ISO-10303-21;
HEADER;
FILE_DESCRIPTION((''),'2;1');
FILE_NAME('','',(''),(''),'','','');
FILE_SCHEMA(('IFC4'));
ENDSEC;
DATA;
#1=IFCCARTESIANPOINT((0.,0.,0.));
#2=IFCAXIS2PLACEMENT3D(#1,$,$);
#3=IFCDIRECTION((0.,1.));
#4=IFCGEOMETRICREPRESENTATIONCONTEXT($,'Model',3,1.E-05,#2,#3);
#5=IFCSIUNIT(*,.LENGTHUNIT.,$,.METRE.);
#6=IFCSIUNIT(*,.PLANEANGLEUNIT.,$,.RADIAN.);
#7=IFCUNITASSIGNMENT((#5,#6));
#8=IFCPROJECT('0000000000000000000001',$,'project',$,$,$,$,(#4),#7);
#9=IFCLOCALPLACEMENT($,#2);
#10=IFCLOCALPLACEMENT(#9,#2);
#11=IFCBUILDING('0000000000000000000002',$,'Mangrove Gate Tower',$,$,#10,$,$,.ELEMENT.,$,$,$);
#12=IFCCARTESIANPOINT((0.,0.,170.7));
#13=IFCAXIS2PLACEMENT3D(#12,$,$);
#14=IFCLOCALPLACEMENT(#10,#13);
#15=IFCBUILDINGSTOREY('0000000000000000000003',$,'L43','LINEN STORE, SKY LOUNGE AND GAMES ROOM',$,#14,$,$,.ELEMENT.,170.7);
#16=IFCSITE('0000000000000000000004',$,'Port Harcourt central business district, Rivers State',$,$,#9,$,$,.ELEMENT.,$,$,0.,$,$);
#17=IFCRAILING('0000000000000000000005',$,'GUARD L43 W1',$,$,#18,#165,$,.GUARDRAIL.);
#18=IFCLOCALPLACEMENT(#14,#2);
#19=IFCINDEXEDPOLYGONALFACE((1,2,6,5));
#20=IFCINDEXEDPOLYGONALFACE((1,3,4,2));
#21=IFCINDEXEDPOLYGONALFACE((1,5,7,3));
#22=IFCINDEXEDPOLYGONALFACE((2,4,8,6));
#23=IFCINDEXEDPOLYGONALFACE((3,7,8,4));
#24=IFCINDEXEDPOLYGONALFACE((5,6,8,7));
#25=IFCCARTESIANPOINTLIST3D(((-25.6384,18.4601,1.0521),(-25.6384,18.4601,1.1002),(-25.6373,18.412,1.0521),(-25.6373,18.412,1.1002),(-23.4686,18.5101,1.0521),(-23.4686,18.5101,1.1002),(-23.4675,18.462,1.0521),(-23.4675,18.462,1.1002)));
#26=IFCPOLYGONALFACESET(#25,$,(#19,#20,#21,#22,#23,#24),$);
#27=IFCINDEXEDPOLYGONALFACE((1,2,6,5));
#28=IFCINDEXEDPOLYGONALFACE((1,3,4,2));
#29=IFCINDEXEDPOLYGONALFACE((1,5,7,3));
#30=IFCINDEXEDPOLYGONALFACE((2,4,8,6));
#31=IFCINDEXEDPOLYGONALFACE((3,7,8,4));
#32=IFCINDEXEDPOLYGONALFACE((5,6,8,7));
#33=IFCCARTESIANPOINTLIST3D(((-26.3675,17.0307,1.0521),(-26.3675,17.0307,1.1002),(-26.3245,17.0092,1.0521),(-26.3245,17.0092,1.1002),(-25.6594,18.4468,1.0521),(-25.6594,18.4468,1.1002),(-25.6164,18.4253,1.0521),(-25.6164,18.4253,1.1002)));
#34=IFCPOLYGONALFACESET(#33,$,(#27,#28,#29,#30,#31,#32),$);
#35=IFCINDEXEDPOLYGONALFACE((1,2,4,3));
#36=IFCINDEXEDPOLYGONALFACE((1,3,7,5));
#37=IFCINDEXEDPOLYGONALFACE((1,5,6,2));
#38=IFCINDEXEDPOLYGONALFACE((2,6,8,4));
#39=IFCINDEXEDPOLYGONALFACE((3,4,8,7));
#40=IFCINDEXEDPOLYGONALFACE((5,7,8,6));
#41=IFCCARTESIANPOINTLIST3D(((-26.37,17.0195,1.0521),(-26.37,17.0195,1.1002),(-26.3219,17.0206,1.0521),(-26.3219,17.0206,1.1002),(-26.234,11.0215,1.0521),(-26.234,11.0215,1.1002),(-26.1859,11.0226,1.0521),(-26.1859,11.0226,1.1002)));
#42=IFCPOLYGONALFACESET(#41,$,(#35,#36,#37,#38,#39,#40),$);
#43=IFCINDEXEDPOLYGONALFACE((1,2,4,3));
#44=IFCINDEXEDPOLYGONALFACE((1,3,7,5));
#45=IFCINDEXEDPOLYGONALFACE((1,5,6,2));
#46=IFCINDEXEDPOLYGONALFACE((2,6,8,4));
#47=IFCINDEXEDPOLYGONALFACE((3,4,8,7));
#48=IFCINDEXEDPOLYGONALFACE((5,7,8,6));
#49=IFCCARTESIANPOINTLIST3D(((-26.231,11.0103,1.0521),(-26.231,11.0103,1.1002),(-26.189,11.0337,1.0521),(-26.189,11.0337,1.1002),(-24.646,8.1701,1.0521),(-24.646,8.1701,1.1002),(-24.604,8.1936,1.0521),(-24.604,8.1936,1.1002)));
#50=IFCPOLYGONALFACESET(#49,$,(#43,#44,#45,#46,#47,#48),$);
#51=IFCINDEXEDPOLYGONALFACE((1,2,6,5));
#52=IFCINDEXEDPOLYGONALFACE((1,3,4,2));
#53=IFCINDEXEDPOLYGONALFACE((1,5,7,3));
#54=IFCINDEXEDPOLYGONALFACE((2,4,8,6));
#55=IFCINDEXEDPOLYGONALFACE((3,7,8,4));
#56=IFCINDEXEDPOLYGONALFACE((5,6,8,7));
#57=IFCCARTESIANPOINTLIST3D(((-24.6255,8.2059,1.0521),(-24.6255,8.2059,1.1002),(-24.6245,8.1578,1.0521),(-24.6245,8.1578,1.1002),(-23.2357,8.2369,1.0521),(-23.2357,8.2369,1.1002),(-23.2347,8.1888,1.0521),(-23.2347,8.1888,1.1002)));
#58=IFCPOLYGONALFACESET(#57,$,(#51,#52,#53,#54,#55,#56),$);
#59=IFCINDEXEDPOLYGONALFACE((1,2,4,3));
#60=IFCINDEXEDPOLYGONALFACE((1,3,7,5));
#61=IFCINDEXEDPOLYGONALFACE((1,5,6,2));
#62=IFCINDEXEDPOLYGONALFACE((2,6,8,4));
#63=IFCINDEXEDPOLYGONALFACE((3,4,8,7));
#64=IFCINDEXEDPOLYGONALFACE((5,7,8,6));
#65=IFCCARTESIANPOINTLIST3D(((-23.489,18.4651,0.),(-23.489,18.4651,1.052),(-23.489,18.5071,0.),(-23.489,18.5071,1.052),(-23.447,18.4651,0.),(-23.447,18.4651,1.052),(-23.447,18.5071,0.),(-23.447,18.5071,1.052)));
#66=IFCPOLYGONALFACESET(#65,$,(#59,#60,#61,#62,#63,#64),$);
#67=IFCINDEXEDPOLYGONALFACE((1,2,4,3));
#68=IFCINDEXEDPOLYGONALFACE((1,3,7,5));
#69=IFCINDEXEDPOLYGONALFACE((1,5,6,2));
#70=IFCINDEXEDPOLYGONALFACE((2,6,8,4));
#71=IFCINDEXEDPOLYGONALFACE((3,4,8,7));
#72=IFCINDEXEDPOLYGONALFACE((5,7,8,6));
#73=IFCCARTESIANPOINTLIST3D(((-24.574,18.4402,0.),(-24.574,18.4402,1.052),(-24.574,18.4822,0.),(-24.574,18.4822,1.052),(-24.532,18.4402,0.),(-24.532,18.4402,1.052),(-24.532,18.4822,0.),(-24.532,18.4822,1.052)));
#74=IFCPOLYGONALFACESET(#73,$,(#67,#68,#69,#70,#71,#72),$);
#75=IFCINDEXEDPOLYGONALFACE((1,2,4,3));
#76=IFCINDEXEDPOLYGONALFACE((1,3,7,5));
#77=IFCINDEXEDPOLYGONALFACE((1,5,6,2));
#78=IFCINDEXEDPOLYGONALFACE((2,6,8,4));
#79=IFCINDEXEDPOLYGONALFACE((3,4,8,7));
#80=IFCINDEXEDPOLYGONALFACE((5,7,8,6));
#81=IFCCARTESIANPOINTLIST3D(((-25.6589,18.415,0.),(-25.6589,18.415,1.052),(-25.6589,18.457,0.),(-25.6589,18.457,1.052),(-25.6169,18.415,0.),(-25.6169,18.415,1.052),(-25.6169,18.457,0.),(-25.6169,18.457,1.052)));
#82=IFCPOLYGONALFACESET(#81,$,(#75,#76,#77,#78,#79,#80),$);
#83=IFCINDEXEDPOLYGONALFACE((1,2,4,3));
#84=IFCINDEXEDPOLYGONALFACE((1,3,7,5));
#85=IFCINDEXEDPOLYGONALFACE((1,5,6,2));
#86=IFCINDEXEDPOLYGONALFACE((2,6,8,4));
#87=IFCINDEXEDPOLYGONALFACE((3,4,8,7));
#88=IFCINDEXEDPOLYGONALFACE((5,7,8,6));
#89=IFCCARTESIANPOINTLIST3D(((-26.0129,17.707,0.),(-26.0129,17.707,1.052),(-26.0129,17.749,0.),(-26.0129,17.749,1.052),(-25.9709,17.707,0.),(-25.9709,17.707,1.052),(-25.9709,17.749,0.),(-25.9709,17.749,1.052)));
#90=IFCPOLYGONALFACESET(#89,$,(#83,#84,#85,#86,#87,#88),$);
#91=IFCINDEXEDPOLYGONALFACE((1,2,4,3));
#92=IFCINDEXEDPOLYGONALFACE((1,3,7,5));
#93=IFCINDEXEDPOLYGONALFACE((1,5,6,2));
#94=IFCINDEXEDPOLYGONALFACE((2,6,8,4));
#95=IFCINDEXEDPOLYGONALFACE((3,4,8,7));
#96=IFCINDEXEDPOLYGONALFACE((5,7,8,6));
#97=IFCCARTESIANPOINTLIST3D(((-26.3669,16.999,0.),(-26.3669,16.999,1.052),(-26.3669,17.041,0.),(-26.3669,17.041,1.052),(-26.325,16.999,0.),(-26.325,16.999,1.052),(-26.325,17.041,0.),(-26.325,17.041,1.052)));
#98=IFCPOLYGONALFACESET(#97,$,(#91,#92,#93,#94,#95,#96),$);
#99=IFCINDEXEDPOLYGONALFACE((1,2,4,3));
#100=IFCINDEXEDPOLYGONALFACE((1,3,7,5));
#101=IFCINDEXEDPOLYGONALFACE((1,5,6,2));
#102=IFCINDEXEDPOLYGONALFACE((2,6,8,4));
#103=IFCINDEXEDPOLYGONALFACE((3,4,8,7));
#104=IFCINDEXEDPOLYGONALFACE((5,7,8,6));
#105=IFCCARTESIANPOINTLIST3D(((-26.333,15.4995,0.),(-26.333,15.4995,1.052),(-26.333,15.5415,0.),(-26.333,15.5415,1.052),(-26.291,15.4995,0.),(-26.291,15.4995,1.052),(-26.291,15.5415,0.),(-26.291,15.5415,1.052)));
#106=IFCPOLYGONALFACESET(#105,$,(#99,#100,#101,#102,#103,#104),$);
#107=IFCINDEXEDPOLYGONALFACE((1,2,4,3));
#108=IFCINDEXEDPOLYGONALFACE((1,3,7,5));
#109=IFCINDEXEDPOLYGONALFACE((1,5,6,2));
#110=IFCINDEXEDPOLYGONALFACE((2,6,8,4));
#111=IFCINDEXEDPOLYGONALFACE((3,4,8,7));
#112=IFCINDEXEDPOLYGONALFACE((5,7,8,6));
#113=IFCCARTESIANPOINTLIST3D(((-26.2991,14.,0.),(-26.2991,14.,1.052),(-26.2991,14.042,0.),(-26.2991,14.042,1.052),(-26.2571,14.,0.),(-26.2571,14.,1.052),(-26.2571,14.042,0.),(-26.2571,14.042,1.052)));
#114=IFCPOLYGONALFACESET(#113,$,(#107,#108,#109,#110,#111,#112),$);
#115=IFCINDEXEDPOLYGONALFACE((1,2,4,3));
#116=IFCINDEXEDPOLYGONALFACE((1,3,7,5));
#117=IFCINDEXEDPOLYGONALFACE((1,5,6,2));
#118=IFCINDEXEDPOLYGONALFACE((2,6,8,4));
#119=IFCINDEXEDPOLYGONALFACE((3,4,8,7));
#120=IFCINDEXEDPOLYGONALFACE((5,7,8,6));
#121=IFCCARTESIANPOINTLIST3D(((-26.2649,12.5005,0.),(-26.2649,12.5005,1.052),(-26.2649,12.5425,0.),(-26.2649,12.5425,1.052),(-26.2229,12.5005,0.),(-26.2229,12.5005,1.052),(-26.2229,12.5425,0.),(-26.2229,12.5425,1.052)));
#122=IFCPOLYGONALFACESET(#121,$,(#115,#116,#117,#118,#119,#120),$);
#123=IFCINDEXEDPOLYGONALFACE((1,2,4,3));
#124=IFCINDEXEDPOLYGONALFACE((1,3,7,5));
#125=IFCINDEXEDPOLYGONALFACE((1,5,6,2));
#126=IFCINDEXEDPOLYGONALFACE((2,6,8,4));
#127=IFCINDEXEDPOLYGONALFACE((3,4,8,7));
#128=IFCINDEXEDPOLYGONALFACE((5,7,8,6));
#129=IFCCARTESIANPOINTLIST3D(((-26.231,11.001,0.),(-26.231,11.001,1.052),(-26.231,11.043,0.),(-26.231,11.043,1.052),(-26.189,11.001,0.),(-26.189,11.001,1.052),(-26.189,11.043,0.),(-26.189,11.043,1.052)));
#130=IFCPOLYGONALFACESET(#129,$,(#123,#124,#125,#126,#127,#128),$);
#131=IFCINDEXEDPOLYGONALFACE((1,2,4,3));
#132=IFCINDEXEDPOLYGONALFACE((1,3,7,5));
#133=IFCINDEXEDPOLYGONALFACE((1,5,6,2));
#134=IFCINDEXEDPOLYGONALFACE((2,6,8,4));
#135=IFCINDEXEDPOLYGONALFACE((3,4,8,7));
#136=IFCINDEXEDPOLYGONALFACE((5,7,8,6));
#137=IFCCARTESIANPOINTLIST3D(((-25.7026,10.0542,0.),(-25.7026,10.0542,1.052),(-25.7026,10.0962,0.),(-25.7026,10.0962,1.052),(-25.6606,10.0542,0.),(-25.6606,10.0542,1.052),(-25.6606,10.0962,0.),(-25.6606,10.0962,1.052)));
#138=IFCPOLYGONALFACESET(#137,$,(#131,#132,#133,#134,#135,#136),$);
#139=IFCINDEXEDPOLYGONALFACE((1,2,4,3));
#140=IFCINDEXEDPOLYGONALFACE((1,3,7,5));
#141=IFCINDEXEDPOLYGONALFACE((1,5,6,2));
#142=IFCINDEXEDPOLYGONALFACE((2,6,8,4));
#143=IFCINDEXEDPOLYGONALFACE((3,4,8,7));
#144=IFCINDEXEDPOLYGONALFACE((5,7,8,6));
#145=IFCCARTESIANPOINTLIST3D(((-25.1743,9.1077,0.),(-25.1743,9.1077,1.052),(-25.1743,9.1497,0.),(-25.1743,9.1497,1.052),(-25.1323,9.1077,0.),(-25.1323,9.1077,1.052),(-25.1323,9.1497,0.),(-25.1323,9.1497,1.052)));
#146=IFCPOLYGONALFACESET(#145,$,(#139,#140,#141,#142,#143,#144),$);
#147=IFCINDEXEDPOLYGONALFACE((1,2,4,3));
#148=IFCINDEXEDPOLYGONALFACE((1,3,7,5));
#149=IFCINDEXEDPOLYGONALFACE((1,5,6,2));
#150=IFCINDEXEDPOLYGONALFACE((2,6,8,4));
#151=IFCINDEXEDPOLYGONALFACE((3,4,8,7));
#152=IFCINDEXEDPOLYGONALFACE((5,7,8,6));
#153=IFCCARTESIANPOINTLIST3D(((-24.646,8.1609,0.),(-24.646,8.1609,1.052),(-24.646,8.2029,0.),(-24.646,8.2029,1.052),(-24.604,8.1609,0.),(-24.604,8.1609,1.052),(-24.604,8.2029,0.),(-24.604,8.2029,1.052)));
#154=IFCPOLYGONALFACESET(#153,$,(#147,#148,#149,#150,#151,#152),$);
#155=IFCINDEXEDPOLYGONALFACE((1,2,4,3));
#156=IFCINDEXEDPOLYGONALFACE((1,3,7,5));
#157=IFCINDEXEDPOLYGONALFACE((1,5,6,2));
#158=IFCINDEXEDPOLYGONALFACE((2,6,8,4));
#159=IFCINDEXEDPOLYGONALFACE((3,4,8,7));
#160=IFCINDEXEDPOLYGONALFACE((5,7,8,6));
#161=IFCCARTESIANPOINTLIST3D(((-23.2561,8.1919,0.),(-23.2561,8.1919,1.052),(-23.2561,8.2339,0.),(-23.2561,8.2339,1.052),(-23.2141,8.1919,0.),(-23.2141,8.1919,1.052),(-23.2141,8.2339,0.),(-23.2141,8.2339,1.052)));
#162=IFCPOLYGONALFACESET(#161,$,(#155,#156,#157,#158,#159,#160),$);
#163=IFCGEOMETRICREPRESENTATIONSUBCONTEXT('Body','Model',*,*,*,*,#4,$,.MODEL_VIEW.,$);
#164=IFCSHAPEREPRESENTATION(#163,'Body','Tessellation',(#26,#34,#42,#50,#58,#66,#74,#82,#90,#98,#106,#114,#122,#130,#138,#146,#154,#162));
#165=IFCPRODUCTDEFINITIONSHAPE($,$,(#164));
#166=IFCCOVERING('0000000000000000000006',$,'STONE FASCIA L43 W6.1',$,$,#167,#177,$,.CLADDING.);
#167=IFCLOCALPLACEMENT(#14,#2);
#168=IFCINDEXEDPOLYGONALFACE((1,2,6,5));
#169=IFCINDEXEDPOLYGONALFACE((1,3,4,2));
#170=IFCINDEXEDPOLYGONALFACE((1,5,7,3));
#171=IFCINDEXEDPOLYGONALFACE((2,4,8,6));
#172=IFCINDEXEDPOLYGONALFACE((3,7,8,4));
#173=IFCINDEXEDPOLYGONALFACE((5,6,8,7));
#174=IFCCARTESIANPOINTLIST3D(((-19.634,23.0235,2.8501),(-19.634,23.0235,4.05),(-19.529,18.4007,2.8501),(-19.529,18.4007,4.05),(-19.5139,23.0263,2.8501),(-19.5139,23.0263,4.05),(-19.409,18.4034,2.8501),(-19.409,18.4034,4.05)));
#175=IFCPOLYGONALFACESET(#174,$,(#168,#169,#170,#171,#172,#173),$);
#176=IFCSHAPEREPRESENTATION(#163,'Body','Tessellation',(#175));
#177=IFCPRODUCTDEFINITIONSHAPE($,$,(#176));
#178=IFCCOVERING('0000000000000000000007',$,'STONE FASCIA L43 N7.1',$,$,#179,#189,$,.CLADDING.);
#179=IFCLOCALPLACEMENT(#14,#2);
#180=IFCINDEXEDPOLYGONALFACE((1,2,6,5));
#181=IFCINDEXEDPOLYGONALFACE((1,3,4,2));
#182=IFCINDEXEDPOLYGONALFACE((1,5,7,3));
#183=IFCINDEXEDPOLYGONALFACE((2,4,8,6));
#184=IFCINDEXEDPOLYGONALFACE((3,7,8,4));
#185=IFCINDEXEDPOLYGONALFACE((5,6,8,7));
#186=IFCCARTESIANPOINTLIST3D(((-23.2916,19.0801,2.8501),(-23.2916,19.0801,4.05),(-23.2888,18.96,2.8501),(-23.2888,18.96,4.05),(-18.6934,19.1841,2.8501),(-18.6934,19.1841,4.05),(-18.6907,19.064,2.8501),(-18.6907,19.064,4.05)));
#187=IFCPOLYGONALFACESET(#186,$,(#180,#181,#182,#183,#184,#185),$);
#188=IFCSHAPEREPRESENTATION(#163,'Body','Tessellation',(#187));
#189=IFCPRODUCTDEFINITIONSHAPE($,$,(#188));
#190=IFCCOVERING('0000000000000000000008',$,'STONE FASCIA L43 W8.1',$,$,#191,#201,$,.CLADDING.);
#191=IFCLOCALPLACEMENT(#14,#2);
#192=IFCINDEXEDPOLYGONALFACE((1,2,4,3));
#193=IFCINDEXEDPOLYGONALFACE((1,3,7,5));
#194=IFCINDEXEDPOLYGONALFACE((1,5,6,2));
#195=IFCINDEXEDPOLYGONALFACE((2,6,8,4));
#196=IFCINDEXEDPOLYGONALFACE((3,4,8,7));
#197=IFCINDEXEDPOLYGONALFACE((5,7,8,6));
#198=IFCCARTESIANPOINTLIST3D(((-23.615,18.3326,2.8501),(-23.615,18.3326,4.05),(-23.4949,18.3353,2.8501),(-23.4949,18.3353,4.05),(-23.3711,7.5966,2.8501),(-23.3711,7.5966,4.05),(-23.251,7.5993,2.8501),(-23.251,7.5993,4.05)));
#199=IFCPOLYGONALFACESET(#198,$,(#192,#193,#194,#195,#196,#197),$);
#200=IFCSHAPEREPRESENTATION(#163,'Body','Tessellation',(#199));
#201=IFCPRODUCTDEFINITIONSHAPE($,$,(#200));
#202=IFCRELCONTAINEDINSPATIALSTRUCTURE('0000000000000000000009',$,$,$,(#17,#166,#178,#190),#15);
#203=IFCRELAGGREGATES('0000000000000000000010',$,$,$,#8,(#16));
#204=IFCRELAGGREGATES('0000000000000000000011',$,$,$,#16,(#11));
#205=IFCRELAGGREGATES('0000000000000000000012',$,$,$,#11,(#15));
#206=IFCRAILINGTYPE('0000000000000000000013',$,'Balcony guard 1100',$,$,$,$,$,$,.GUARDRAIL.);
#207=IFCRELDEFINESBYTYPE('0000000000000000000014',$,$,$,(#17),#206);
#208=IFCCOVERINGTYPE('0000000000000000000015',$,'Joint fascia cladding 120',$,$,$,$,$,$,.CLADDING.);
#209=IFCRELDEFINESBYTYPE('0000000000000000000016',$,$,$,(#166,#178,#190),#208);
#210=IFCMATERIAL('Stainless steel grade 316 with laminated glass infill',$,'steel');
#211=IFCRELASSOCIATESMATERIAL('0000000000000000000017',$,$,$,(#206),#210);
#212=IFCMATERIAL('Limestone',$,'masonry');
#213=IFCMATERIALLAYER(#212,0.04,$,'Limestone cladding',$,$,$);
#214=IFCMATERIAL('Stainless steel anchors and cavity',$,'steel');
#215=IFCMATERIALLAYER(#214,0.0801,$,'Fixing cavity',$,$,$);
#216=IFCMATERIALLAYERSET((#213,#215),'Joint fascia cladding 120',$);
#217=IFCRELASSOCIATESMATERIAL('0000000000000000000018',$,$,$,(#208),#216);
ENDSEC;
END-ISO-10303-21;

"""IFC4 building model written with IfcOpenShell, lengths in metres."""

from ifc_helpers import new_model, si_unit, direction, frame, frame_2d, origin, origin_2d, place, context, subcontext, project, spatial, rectangle, extrude, material, layer, layer_set, type_object, element, save


model = new_model("IFC4")

# Units and contexts
model_context = context("Model", 3, precision=1e-05, world=origin(), true_north=direction((0.0, 1.0)))
body_context = subcontext(model_context, "Body", "Model", "MODEL_VIEW")
ifc_project = project(units=[si_unit("LENGTHUNIT", "METRE"), si_unit("PLANEANGLEUNIT", "RADIAN")], contexts=[model_context])

# Site, building, storey
site_placement = place(None, origin())
site = spatial("IfcSite", under=ifc_project, at=site_placement, Name="Port Harcourt central business district, Rivers State", CompositionType="ELEMENT", RefElevation=0.0)
building_placement = place(site_placement, origin())
building = spatial("IfcBuilding", under=site, at=building_placement, Name="Mangrove Gate Tower", CompositionType="ELEMENT")
storey_placement = place(building_placement, frame((0.0, 0.0, 170.7)))
storey = spatial("IfcBuildingStorey", under=building, at=storey_placement, Name="L43", Description="LINEN STORE, SKY LOUNGE AND GAMES ROOM", CompositionType="ELEMENT", Elevation=170.7)

# Shared definitions
ifc_material_1 = material(Name="Limestone", Category="masonry")

# Railing
ifc_material_2 = material(Name="Stainless steel grade 316 with laminated glass infill", Category="steel")
railing_type = type_object("IfcRailingType", Name="Balcony guard 1100", PredefinedType="GUARDRAIL", material=ifc_material_2)
railing_placement = place(storey_placement, frame((-23.468, 18.4861, 0.0)))
element("IfcRailing", 1, at=railing_placement, inside=storey, type_object=railing_type, Name="GUARD L43 W1", PredefinedType="GUARDRAIL", context=body_context, shape_type="SweptSolid", body=[
    extrude(rectangle(XDim=0.0481, YDim=0.0481, at=origin_2d()), frame((0.0, 0.0, 1.0762), z_axis=(-0.999734, -0.023059, 0.0), x_axis=(0.023059, -0.999734, 0.0)), (0.0, 0.0, 1.0), 2.1704),
    extrude(rectangle(XDim=0.0481, YDim=0.0481, at=origin_2d()), frame((-2.1699, -0.05, 1.0762), z_axis=(-0.447214, -0.894427, 0.0), x_axis=(0.894427, -0.447214, 0.0)), (0.0, 0.0, 1.0), 1.5833),
    extrude(rectangle(XDim=0.0481, YDim=0.0481, at=origin_2d()), frame((-2.8779, -1.4661, 1.0762), z_axis=(0.022666, -0.999743, 0.0), x_axis=(0.999743, 0.022666, 0.0)), (0.0, 0.0, 1.0), 5.9995),
    extrude(rectangle(XDim=0.0481, YDim=0.0481, at=origin_2d()), frame((-2.7419, -7.4641, 1.0762), z_axis=(0.487318, -0.873224, 0.0), x_axis=(0.873224, 0.487318, 0.0)), (0.0, 0.0, 1.0), 3.2524),
    extrude(rectangle(XDim=0.0481, YDim=0.0481, at=origin_2d()), frame((-1.157, -10.3042, 1.0762), z_axis=(0.999751, 0.022303, 0.0), x_axis=(-0.022303, 0.999751, 0.0)), (0.0, 0.0, 1.0), 1.3901),
    extrude(rectangle(XDim=0.042, YDim=0.042, at=origin_2d()), origin(), (0.0, 0.0, 1.0), 1.052),
    extrude(rectangle(XDim=0.042, YDim=0.042, at=origin_2d()), frame((-1.085, -0.0249, 0.0)), (0.0, 0.0, 1.0), 1.052),
    extrude(rectangle(XDim=0.042, YDim=0.042, at=origin_2d()), frame((-2.1699, -0.05, 0.0)), (0.0, 0.0, 1.0), 1.052),
    extrude(rectangle(XDim=0.042, YDim=0.042, at=origin_2d()), frame((-2.5239, -0.7581, 0.0)), (0.0, 0.0, 1.0), 1.052),
    extrude(rectangle(XDim=0.042, YDim=0.042, at=origin_2d()), frame((-2.8779, -1.4661, 0.0)), (0.0, 0.0, 1.0), 1.052),
    extrude(rectangle(XDim=0.042, YDim=0.042, at=origin_2d()), frame((-2.844, -2.9656, 0.0)), (0.0, 0.0, 1.0), 1.052),
    extrude(rectangle(XDim=0.042, YDim=0.042, at=origin_2d()), frame((-2.8101, -4.4651, 0.0)), (0.0, 0.0, 1.0), 1.052),
    extrude(rectangle(XDim=0.042, YDim=0.042, at=origin_2d()), frame((-2.7759, -5.9646, 0.0)), (0.0, 0.0, 1.0), 1.052),
    extrude(rectangle(XDim=0.042, YDim=0.042, at=origin_2d()), frame((-2.7419, -7.4641, 0.0)), (0.0, 0.0, 1.0), 1.052),
    extrude(rectangle(XDim=0.042, YDim=0.042, at=origin_2d()), frame((-2.2136, -8.4109, 0.0)), (0.0, 0.0, 1.0), 1.052),
    extrude(rectangle(XDim=0.042, YDim=0.042, at=origin_2d()), frame((-1.6853, -9.3574, 0.0)), (0.0, 0.0, 1.0), 1.052),
    extrude(rectangle(XDim=0.042, YDim=0.042, at=origin_2d()), frame((-1.157, -10.3042, 0.0)), (0.0, 0.0, 1.0), 1.052),
    extrude(rectangle(XDim=0.042, YDim=0.042, at=origin_2d()), frame((0.2329, -10.2732, 0.0)), (0.0, 0.0, 1.0), 1.052),
])

# Coverings
ifc_layer_1 = layer(ifc_material_1, 0.04, Name="Limestone cladding")
ifc_material_3 = material(Name="Stainless steel anchors and cavity", Category="steel")
ifc_layer_2 = layer(ifc_material_3, 0.0801, Name="Fixing cavity")
ifc_layer_set_1 = layer_set([ifc_layer_1, ifc_layer_2], Name="Joint fascia cladding 120")
covering_type = type_object("IfcCoveringType", Name="Joint fascia cladding 120", PredefinedType="CLADDING", material=ifc_layer_set_1)
covering_1_placement = place(storey_placement, frame((-19.574, 23.0249, 2.8501), z_axis=(0.0, 0.0, 1.0), x_axis=(0.022703, -0.999742, 0.0)))
element("IfcCovering", 2, at=covering_1_placement, inside=storey, type_object=covering_type, Name="STONE FASCIA L43 W6.1", PredefinedType="CLADDING", context=body_context, shape_type="SweptSolid", body=[
    extrude(rectangle(XDim=4.624, YDim=0.1201, at=frame_2d((2.312, 0.0))), origin(), (0.0, 0.0, 1.0), 1.2),
])
covering_2_placement = place(storey_placement, frame((-18.6919, 19.124, 2.8501), z_axis=(0.0, 0.0, 1.0), x_axis=(-0.999744, -0.022613, 0.0)))
element("IfcCovering", 3, at=covering_2_placement, inside=storey, type_object=covering_type, Name="STONE FASCIA L43 N7.1", PredefinedType="CLADDING", context=body_context, shape_type="SweptSolid", body=[
    extrude(rectangle(XDim=4.5994, YDim=0.1201, at=frame_2d((2.2998, 0.0))), origin(), (0.0, 0.0, 1.0), 1.2),
])
covering_3_placement = place(storey_placement, frame((-23.5549, 18.334, 2.8501), z_axis=(0.0, 0.0, 1.0), x_axis=(0.022712, -0.999742, 0.0)))
element("IfcCovering", 4, at=covering_3_placement, inside=storey, type_object=covering_type, Name="STONE FASCIA L43 W8.1", PredefinedType="CLADDING", context=body_context, shape_type="SweptSolid", body=[
    extrude(rectangle(XDim=10.7388, YDim=0.1201, at=frame_2d((5.3694, 0.0))), origin(), (0.0, 0.0, 1.0), 1.2),
])

save(model, "model.ifc")
